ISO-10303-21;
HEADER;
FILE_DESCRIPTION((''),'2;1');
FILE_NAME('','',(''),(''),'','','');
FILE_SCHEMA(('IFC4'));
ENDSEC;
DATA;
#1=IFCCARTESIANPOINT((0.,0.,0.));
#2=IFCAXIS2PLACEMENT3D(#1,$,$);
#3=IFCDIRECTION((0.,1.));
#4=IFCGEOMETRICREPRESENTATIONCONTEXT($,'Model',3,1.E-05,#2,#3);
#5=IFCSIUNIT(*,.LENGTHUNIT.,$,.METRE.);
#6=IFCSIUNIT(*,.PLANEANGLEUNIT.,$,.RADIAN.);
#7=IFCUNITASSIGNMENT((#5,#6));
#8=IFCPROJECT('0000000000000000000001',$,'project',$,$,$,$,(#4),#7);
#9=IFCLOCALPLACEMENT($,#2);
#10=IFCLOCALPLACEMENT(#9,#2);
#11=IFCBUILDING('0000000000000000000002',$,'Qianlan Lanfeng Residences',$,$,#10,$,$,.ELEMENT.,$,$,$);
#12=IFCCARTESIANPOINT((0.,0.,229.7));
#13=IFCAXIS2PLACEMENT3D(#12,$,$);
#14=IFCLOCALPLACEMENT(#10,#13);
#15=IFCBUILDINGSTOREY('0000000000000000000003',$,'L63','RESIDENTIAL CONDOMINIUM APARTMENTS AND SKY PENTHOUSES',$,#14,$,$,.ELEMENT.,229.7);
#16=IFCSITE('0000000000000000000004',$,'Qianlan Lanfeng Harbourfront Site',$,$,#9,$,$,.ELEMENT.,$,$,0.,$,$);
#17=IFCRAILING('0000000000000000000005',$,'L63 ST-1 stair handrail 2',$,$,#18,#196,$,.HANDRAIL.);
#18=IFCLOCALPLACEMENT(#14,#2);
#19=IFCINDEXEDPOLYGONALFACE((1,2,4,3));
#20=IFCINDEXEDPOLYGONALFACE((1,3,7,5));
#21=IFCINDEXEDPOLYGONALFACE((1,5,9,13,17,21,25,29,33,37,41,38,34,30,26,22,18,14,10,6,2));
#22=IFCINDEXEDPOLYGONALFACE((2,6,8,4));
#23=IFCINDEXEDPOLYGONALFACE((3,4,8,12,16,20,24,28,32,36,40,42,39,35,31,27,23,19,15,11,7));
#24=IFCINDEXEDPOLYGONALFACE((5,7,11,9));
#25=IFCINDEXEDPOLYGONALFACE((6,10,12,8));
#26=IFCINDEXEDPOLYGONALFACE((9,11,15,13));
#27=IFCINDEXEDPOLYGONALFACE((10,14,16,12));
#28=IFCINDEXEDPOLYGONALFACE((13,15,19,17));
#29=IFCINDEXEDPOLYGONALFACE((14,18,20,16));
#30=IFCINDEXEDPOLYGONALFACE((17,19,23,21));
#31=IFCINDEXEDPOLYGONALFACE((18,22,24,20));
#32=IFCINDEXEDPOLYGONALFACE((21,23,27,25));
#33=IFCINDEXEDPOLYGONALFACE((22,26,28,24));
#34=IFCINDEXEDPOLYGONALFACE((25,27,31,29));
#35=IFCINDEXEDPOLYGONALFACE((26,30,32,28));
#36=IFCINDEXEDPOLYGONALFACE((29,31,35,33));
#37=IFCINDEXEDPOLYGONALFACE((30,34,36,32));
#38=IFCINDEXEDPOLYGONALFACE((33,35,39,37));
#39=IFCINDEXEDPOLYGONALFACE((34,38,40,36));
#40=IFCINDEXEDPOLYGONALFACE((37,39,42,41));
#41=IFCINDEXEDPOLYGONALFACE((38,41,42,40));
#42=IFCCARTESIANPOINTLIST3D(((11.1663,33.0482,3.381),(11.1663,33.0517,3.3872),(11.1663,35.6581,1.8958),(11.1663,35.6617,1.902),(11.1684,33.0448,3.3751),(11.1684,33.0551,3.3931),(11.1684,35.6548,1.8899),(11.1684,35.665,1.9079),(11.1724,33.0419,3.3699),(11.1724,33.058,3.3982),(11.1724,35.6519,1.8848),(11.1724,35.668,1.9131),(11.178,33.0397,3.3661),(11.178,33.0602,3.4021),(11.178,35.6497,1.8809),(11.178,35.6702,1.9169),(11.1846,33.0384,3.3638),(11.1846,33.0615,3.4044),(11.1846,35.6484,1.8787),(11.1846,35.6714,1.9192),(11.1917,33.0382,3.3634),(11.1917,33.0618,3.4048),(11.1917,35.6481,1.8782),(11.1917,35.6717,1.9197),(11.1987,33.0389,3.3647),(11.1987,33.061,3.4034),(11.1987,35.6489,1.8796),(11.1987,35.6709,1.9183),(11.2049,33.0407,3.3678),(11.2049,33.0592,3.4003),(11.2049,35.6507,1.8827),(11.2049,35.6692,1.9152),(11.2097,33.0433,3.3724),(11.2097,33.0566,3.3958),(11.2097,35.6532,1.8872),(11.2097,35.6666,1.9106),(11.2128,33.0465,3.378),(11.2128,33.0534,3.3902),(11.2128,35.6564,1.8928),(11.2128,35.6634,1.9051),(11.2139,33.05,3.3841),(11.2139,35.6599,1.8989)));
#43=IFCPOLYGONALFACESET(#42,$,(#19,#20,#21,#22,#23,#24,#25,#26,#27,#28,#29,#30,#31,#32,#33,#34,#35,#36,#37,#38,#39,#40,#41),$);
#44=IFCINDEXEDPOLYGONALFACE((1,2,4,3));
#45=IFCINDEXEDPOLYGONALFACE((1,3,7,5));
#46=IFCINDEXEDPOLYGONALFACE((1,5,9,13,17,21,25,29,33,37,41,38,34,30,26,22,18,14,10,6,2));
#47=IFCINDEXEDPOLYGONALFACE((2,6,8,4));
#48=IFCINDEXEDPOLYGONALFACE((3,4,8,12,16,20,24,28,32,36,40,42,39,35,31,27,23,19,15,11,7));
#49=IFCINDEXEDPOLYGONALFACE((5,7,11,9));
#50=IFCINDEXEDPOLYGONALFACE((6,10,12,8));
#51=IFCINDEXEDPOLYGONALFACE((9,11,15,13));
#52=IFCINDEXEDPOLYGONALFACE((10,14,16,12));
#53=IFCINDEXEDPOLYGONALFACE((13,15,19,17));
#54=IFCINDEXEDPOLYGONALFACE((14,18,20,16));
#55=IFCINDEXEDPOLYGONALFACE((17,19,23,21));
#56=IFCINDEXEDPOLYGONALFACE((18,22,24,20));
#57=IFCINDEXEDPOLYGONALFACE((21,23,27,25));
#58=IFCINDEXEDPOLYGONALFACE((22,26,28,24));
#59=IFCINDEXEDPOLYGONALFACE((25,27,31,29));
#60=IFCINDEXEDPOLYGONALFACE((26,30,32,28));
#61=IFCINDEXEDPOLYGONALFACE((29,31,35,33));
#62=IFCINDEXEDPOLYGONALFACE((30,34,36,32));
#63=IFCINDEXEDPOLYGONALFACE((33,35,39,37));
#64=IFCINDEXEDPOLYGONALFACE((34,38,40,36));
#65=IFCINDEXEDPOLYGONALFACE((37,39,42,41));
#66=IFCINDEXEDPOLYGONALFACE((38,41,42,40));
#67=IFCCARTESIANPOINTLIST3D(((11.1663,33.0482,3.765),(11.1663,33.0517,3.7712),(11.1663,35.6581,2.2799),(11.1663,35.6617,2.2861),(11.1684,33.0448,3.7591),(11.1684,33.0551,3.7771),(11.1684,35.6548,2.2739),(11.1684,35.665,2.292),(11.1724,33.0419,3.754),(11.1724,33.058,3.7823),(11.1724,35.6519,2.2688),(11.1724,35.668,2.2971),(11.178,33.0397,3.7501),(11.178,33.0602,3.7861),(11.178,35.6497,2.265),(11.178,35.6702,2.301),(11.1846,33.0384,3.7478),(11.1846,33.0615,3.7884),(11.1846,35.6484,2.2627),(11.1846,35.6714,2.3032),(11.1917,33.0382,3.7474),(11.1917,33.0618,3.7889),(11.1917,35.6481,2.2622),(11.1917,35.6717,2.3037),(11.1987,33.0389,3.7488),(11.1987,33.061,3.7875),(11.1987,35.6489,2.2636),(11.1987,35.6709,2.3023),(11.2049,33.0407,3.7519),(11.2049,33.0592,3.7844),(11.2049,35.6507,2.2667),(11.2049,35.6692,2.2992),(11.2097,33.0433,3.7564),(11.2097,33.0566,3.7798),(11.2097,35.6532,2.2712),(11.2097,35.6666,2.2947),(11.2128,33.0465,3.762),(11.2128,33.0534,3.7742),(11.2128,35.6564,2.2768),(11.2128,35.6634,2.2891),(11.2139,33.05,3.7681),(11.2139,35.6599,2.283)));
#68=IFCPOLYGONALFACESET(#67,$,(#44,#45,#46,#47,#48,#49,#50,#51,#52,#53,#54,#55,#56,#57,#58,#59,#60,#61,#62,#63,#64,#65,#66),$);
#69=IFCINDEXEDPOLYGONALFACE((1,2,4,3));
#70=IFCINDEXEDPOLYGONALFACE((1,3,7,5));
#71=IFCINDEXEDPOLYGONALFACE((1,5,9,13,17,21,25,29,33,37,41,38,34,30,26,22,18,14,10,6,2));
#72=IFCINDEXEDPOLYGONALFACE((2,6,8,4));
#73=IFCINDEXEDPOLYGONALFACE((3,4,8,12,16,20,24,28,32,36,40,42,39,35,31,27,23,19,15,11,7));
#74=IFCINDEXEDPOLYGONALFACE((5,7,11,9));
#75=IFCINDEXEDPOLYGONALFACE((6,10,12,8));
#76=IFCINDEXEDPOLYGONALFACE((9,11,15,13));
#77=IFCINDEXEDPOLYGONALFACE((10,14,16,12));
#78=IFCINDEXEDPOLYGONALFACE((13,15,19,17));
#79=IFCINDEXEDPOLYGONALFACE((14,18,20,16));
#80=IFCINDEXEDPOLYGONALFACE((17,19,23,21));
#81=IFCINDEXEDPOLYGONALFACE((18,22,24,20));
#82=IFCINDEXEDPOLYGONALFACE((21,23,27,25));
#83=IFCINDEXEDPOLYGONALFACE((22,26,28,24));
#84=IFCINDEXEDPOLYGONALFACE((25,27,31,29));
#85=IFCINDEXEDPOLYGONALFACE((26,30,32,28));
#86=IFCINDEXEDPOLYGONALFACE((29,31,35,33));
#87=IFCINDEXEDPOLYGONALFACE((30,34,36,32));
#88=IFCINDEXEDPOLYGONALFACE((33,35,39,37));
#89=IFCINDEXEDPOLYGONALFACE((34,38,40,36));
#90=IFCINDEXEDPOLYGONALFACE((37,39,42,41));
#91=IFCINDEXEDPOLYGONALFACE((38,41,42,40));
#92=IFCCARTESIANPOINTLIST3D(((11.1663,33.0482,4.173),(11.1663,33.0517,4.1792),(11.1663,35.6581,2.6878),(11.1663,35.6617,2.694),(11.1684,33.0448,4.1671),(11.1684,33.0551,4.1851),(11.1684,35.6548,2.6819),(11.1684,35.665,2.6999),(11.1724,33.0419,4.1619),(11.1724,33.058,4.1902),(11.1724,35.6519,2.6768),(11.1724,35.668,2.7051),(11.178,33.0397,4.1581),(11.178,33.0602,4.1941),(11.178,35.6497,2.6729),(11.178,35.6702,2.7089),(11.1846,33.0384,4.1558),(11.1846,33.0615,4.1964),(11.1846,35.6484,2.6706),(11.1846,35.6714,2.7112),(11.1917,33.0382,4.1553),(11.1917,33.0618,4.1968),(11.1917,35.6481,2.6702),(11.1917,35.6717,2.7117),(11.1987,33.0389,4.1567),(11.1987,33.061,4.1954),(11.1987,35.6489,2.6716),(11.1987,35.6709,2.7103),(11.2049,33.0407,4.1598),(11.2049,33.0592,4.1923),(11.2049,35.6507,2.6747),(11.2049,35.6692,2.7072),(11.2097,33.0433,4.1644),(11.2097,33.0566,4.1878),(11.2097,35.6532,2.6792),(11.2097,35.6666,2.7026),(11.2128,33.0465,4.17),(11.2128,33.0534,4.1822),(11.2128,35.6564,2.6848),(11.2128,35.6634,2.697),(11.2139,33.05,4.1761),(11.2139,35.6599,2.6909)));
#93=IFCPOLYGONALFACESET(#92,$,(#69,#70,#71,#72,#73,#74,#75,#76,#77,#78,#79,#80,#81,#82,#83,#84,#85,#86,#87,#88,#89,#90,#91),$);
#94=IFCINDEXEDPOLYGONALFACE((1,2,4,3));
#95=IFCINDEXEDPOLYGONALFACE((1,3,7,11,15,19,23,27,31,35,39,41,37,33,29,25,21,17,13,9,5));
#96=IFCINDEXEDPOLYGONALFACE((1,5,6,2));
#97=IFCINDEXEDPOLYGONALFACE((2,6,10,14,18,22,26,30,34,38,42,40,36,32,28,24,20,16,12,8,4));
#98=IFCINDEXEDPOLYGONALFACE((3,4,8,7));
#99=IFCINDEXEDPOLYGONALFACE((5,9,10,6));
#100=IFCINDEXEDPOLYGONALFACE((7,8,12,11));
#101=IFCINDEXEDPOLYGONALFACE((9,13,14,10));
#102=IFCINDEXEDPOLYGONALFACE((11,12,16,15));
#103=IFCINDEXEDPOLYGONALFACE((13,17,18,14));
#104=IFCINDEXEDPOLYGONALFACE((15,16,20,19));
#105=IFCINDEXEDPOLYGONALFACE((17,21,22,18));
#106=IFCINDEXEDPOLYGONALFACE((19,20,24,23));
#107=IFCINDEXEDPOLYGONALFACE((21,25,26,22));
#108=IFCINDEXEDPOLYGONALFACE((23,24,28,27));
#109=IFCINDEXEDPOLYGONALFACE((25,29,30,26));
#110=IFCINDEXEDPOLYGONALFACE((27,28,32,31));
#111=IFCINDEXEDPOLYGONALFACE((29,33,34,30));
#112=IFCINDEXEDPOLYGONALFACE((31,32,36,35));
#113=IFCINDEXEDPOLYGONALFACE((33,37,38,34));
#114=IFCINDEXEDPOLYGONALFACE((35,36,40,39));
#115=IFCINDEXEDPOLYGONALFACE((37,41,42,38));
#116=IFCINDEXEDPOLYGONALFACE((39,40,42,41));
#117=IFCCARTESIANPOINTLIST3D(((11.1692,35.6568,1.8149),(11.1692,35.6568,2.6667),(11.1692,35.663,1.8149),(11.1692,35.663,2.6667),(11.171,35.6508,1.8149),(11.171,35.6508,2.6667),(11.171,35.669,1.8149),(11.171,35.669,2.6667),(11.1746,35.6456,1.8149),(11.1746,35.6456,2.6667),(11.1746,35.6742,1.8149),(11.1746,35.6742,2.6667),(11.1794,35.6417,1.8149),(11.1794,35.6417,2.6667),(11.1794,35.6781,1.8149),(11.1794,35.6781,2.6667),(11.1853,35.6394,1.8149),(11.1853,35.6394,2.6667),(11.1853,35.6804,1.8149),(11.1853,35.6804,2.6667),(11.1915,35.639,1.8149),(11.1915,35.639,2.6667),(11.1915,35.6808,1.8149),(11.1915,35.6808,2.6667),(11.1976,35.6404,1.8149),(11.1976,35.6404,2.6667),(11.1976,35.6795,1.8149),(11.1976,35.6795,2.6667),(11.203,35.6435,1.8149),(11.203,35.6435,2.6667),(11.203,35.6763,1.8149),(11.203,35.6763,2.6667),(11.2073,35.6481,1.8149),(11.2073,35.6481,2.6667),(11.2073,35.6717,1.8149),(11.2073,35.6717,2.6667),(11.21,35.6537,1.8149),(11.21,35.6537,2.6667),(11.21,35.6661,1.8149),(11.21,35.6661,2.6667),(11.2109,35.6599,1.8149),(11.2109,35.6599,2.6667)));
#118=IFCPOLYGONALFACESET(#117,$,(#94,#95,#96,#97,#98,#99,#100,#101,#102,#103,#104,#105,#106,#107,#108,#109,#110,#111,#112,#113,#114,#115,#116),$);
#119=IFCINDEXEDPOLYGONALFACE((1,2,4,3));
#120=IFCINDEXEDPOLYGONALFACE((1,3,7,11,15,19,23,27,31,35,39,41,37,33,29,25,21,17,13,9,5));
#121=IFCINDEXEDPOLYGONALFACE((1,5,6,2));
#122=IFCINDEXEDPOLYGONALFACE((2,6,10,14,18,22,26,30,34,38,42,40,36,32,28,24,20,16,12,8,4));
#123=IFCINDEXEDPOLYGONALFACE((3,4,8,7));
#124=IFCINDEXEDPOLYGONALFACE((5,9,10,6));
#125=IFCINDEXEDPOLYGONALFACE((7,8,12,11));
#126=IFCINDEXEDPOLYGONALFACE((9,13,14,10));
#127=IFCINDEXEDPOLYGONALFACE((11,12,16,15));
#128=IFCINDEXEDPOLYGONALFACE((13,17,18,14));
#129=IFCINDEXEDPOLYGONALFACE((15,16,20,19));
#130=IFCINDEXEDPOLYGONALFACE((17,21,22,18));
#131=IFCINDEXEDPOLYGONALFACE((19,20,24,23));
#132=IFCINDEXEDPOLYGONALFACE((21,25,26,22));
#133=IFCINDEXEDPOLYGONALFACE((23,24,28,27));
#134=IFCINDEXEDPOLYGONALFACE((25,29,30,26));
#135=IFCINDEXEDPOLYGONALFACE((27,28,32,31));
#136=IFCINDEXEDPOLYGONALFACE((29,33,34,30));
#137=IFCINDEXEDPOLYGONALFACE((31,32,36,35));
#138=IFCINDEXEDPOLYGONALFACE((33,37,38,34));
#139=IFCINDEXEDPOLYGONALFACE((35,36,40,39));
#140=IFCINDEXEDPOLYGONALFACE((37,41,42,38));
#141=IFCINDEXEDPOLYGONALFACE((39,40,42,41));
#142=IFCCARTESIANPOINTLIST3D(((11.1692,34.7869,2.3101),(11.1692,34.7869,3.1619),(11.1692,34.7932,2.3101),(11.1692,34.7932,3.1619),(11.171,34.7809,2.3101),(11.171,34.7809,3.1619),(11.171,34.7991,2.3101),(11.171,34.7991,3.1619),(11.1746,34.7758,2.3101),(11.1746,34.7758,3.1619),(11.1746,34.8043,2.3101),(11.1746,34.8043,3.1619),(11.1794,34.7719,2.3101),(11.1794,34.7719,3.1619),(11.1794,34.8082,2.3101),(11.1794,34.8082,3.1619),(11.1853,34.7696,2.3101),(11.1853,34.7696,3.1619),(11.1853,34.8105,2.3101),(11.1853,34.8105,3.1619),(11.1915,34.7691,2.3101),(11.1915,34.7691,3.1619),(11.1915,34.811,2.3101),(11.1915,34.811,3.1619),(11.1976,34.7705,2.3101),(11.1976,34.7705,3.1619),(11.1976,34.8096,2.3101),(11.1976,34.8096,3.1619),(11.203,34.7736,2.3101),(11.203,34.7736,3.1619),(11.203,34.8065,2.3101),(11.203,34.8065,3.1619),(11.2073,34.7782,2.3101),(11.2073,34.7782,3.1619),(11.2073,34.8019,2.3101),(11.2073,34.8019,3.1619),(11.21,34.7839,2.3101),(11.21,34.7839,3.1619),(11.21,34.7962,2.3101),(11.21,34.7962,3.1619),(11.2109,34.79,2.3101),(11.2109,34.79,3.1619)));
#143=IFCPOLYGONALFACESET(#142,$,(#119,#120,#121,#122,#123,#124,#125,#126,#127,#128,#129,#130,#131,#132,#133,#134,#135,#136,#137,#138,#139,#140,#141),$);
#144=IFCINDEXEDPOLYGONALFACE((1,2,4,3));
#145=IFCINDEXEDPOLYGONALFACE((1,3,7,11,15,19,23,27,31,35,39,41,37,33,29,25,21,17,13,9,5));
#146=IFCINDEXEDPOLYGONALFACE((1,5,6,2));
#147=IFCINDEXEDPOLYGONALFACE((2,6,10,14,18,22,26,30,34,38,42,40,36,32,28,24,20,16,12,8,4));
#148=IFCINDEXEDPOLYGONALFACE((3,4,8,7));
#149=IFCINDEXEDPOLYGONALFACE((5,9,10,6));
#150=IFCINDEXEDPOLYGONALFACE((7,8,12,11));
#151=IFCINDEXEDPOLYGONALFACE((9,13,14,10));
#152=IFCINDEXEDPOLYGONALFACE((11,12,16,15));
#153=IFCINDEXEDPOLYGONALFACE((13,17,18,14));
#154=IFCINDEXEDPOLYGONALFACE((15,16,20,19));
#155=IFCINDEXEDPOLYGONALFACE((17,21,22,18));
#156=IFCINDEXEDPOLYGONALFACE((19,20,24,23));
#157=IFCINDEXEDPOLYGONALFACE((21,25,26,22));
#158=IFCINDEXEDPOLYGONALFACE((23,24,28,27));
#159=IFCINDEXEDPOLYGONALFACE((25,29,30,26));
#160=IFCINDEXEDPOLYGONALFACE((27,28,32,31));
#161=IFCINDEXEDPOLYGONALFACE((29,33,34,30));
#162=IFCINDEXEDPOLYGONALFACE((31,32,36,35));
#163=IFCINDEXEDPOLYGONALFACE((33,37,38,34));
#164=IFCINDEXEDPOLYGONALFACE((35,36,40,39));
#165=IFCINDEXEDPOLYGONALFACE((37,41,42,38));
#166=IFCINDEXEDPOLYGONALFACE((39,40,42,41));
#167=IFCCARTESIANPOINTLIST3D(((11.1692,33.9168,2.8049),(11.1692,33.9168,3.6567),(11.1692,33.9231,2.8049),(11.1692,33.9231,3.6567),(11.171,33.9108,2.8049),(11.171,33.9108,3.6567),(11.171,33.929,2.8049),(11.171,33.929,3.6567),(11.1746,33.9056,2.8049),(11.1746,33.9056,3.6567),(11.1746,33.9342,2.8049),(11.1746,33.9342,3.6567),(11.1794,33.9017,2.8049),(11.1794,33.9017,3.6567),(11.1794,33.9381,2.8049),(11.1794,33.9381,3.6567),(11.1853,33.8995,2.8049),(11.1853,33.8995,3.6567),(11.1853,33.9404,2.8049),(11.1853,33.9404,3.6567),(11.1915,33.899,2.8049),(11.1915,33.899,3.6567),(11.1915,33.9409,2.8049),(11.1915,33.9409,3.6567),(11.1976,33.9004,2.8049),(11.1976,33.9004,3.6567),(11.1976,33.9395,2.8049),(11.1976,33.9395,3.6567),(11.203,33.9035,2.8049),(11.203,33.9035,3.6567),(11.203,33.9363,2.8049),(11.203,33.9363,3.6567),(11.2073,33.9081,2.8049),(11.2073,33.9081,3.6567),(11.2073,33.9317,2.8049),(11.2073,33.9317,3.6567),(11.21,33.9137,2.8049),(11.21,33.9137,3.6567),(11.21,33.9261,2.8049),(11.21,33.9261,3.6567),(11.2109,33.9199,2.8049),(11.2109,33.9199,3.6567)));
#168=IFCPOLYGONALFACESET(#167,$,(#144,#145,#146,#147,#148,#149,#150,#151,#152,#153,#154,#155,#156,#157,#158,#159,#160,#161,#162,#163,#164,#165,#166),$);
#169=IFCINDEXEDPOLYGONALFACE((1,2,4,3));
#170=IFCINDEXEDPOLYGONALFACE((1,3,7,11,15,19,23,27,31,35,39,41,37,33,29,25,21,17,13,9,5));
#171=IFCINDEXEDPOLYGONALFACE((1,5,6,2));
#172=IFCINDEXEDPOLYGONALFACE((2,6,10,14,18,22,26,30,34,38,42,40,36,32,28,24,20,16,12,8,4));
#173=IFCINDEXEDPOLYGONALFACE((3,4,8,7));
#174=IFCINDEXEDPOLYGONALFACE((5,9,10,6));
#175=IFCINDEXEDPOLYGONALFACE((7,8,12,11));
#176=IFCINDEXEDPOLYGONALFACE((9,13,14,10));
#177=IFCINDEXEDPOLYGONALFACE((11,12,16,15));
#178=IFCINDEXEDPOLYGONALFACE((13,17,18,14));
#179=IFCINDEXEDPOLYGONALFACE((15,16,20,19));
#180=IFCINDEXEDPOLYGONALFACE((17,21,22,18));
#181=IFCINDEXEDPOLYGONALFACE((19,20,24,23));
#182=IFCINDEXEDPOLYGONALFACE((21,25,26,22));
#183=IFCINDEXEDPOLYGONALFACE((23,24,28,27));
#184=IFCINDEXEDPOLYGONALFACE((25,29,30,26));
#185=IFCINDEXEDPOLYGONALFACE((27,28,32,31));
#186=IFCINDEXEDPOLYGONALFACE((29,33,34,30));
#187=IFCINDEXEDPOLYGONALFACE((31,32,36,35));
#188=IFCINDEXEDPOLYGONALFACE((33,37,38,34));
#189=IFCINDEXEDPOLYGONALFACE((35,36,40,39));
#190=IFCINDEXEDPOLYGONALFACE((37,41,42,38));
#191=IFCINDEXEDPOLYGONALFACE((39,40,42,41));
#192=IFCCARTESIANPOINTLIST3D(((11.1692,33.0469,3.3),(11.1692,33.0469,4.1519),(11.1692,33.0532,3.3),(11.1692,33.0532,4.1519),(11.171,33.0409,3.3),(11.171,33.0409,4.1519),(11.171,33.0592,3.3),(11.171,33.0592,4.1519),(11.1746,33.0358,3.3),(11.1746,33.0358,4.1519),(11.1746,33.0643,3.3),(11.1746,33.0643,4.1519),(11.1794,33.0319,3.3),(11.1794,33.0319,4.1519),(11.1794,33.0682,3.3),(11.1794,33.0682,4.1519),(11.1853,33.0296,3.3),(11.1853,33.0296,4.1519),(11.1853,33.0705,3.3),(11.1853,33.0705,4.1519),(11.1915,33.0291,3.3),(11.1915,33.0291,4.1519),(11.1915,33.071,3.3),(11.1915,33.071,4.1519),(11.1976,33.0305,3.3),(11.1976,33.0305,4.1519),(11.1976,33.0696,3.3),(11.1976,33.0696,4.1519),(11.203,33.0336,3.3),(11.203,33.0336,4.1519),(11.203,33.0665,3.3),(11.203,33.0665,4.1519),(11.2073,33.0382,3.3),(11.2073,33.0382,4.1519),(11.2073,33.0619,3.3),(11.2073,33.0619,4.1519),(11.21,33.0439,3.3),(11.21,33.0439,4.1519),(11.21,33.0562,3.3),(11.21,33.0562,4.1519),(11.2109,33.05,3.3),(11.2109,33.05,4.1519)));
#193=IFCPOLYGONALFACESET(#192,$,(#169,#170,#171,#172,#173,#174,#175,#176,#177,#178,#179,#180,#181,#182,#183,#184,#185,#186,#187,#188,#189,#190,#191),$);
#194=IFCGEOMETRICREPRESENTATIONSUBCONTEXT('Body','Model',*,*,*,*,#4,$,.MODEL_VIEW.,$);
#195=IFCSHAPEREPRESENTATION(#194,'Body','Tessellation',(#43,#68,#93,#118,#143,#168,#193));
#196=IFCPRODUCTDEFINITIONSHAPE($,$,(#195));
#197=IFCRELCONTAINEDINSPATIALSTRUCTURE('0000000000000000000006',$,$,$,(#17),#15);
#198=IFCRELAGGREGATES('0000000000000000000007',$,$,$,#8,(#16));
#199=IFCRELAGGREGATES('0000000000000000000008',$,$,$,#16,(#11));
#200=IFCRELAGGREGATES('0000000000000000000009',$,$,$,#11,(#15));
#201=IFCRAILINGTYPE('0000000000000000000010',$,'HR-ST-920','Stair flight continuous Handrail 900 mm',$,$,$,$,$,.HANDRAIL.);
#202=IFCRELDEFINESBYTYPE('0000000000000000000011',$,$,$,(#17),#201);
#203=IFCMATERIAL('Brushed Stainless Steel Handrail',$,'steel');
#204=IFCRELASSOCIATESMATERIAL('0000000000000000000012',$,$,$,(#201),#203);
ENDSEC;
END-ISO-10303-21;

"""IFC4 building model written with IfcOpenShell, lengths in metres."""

from ifc_helpers import new_model, si_unit, direction, frame, origin, origin_2d, place, context, subcontext, project, spatial, circle, extrude, material, type_object, element, save


model = new_model("IFC4")

# Units and contexts
model_context = context("Model", 3, precision=1e-05, world=origin(), true_north=direction((0.0, 1.0)))
body_context = subcontext(model_context, "Body", "Model", "MODEL_VIEW")
ifc_project = project(units=[si_unit("LENGTHUNIT", "METRE"), si_unit("PLANEANGLEUNIT", "RADIAN")], contexts=[model_context])

# Site, building, storey
site_placement = place(None, origin())
site = spatial("IfcSite", under=ifc_project, at=site_placement, Name="Qianlan Lanfeng Harbourfront Site", CompositionType="ELEMENT", RefElevation=0.0)
building_placement = place(site_placement, origin())
building = spatial("IfcBuilding", under=site, at=building_placement, Name="Qianlan Lanfeng Residences", CompositionType="ELEMENT")
storey_placement = place(building_placement, frame((0.0, 0.0, 229.7)))
storey = spatial("IfcBuildingStorey", under=building, at=storey_placement, Name="L63", Description="RESIDENTIAL CONDOMINIUM APARTMENTS AND SKY PENTHOUSES", CompositionType="ELEMENT", Elevation=229.7)

# Railing
ifc_material_1 = material(Name="Brushed Stainless Steel Handrail", Category="steel")
railing_type_1 = type_object("IfcRailingType", Name="HR-ST-920", Description="Stair flight continuous Handrail 900 mm", PredefinedType="HANDRAIL", material=ifc_material_1)
railing_1_placement = place(storey_placement, frame((11.1899, 35.6599, 1.8149)))
element("IfcRailing", 1, at=railing_1_placement, inside=storey, type_object=railing_type_1, Name="L63 ST-1 stair handrail 2", PredefinedType="HANDRAIL", context=body_context, shape_type="SweptSolid", body=[
    extrude(circle(Radius=0.0239, at=origin_2d()), frame((0.0, 0.0, 0.084), z_axis=(0.0, -0.869137, 0.494571), x_axis=(1.0, 0.0, 0.0)), (0.0, 0.0, 1.0), 3.0029),
    extrude(circle(Radius=0.0239, at=origin_2d()), frame((0.0, 0.0, 0.468), z_axis=(0.0, -0.869137, 0.494571), x_axis=(1.0, 0.0, 0.0)), (0.0, 0.0, 1.0), 3.0029),
    extrude(circle(Radius=0.0239, at=origin_2d()), frame((0.0, 0.0, 0.876), z_axis=(0.0, -0.869137, 0.494571), x_axis=(1.0, 0.0, 0.0)), (0.0, 0.0, 1.0), 3.0029),
    extrude(circle(Radius=0.021, at=origin_2d()), origin(), (0.0, 0.0, 1.0), 0.8518),
    extrude(circle(Radius=0.021, at=origin_2d()), frame((0.0, -0.8699, 0.4951)), (0.0, 0.0, 1.0), 0.8518),
    extrude(circle(Radius=0.021, at=origin_2d()), frame((0.0, -1.74, 0.99)), (0.0, 0.0, 1.0), 0.8518),
    extrude(circle(Radius=0.021, at=origin_2d()), frame((0.0, -2.6099, 1.4851)), (0.0, 0.0, 1.0), 0.8518),
])

save(model, "model.ifc")
